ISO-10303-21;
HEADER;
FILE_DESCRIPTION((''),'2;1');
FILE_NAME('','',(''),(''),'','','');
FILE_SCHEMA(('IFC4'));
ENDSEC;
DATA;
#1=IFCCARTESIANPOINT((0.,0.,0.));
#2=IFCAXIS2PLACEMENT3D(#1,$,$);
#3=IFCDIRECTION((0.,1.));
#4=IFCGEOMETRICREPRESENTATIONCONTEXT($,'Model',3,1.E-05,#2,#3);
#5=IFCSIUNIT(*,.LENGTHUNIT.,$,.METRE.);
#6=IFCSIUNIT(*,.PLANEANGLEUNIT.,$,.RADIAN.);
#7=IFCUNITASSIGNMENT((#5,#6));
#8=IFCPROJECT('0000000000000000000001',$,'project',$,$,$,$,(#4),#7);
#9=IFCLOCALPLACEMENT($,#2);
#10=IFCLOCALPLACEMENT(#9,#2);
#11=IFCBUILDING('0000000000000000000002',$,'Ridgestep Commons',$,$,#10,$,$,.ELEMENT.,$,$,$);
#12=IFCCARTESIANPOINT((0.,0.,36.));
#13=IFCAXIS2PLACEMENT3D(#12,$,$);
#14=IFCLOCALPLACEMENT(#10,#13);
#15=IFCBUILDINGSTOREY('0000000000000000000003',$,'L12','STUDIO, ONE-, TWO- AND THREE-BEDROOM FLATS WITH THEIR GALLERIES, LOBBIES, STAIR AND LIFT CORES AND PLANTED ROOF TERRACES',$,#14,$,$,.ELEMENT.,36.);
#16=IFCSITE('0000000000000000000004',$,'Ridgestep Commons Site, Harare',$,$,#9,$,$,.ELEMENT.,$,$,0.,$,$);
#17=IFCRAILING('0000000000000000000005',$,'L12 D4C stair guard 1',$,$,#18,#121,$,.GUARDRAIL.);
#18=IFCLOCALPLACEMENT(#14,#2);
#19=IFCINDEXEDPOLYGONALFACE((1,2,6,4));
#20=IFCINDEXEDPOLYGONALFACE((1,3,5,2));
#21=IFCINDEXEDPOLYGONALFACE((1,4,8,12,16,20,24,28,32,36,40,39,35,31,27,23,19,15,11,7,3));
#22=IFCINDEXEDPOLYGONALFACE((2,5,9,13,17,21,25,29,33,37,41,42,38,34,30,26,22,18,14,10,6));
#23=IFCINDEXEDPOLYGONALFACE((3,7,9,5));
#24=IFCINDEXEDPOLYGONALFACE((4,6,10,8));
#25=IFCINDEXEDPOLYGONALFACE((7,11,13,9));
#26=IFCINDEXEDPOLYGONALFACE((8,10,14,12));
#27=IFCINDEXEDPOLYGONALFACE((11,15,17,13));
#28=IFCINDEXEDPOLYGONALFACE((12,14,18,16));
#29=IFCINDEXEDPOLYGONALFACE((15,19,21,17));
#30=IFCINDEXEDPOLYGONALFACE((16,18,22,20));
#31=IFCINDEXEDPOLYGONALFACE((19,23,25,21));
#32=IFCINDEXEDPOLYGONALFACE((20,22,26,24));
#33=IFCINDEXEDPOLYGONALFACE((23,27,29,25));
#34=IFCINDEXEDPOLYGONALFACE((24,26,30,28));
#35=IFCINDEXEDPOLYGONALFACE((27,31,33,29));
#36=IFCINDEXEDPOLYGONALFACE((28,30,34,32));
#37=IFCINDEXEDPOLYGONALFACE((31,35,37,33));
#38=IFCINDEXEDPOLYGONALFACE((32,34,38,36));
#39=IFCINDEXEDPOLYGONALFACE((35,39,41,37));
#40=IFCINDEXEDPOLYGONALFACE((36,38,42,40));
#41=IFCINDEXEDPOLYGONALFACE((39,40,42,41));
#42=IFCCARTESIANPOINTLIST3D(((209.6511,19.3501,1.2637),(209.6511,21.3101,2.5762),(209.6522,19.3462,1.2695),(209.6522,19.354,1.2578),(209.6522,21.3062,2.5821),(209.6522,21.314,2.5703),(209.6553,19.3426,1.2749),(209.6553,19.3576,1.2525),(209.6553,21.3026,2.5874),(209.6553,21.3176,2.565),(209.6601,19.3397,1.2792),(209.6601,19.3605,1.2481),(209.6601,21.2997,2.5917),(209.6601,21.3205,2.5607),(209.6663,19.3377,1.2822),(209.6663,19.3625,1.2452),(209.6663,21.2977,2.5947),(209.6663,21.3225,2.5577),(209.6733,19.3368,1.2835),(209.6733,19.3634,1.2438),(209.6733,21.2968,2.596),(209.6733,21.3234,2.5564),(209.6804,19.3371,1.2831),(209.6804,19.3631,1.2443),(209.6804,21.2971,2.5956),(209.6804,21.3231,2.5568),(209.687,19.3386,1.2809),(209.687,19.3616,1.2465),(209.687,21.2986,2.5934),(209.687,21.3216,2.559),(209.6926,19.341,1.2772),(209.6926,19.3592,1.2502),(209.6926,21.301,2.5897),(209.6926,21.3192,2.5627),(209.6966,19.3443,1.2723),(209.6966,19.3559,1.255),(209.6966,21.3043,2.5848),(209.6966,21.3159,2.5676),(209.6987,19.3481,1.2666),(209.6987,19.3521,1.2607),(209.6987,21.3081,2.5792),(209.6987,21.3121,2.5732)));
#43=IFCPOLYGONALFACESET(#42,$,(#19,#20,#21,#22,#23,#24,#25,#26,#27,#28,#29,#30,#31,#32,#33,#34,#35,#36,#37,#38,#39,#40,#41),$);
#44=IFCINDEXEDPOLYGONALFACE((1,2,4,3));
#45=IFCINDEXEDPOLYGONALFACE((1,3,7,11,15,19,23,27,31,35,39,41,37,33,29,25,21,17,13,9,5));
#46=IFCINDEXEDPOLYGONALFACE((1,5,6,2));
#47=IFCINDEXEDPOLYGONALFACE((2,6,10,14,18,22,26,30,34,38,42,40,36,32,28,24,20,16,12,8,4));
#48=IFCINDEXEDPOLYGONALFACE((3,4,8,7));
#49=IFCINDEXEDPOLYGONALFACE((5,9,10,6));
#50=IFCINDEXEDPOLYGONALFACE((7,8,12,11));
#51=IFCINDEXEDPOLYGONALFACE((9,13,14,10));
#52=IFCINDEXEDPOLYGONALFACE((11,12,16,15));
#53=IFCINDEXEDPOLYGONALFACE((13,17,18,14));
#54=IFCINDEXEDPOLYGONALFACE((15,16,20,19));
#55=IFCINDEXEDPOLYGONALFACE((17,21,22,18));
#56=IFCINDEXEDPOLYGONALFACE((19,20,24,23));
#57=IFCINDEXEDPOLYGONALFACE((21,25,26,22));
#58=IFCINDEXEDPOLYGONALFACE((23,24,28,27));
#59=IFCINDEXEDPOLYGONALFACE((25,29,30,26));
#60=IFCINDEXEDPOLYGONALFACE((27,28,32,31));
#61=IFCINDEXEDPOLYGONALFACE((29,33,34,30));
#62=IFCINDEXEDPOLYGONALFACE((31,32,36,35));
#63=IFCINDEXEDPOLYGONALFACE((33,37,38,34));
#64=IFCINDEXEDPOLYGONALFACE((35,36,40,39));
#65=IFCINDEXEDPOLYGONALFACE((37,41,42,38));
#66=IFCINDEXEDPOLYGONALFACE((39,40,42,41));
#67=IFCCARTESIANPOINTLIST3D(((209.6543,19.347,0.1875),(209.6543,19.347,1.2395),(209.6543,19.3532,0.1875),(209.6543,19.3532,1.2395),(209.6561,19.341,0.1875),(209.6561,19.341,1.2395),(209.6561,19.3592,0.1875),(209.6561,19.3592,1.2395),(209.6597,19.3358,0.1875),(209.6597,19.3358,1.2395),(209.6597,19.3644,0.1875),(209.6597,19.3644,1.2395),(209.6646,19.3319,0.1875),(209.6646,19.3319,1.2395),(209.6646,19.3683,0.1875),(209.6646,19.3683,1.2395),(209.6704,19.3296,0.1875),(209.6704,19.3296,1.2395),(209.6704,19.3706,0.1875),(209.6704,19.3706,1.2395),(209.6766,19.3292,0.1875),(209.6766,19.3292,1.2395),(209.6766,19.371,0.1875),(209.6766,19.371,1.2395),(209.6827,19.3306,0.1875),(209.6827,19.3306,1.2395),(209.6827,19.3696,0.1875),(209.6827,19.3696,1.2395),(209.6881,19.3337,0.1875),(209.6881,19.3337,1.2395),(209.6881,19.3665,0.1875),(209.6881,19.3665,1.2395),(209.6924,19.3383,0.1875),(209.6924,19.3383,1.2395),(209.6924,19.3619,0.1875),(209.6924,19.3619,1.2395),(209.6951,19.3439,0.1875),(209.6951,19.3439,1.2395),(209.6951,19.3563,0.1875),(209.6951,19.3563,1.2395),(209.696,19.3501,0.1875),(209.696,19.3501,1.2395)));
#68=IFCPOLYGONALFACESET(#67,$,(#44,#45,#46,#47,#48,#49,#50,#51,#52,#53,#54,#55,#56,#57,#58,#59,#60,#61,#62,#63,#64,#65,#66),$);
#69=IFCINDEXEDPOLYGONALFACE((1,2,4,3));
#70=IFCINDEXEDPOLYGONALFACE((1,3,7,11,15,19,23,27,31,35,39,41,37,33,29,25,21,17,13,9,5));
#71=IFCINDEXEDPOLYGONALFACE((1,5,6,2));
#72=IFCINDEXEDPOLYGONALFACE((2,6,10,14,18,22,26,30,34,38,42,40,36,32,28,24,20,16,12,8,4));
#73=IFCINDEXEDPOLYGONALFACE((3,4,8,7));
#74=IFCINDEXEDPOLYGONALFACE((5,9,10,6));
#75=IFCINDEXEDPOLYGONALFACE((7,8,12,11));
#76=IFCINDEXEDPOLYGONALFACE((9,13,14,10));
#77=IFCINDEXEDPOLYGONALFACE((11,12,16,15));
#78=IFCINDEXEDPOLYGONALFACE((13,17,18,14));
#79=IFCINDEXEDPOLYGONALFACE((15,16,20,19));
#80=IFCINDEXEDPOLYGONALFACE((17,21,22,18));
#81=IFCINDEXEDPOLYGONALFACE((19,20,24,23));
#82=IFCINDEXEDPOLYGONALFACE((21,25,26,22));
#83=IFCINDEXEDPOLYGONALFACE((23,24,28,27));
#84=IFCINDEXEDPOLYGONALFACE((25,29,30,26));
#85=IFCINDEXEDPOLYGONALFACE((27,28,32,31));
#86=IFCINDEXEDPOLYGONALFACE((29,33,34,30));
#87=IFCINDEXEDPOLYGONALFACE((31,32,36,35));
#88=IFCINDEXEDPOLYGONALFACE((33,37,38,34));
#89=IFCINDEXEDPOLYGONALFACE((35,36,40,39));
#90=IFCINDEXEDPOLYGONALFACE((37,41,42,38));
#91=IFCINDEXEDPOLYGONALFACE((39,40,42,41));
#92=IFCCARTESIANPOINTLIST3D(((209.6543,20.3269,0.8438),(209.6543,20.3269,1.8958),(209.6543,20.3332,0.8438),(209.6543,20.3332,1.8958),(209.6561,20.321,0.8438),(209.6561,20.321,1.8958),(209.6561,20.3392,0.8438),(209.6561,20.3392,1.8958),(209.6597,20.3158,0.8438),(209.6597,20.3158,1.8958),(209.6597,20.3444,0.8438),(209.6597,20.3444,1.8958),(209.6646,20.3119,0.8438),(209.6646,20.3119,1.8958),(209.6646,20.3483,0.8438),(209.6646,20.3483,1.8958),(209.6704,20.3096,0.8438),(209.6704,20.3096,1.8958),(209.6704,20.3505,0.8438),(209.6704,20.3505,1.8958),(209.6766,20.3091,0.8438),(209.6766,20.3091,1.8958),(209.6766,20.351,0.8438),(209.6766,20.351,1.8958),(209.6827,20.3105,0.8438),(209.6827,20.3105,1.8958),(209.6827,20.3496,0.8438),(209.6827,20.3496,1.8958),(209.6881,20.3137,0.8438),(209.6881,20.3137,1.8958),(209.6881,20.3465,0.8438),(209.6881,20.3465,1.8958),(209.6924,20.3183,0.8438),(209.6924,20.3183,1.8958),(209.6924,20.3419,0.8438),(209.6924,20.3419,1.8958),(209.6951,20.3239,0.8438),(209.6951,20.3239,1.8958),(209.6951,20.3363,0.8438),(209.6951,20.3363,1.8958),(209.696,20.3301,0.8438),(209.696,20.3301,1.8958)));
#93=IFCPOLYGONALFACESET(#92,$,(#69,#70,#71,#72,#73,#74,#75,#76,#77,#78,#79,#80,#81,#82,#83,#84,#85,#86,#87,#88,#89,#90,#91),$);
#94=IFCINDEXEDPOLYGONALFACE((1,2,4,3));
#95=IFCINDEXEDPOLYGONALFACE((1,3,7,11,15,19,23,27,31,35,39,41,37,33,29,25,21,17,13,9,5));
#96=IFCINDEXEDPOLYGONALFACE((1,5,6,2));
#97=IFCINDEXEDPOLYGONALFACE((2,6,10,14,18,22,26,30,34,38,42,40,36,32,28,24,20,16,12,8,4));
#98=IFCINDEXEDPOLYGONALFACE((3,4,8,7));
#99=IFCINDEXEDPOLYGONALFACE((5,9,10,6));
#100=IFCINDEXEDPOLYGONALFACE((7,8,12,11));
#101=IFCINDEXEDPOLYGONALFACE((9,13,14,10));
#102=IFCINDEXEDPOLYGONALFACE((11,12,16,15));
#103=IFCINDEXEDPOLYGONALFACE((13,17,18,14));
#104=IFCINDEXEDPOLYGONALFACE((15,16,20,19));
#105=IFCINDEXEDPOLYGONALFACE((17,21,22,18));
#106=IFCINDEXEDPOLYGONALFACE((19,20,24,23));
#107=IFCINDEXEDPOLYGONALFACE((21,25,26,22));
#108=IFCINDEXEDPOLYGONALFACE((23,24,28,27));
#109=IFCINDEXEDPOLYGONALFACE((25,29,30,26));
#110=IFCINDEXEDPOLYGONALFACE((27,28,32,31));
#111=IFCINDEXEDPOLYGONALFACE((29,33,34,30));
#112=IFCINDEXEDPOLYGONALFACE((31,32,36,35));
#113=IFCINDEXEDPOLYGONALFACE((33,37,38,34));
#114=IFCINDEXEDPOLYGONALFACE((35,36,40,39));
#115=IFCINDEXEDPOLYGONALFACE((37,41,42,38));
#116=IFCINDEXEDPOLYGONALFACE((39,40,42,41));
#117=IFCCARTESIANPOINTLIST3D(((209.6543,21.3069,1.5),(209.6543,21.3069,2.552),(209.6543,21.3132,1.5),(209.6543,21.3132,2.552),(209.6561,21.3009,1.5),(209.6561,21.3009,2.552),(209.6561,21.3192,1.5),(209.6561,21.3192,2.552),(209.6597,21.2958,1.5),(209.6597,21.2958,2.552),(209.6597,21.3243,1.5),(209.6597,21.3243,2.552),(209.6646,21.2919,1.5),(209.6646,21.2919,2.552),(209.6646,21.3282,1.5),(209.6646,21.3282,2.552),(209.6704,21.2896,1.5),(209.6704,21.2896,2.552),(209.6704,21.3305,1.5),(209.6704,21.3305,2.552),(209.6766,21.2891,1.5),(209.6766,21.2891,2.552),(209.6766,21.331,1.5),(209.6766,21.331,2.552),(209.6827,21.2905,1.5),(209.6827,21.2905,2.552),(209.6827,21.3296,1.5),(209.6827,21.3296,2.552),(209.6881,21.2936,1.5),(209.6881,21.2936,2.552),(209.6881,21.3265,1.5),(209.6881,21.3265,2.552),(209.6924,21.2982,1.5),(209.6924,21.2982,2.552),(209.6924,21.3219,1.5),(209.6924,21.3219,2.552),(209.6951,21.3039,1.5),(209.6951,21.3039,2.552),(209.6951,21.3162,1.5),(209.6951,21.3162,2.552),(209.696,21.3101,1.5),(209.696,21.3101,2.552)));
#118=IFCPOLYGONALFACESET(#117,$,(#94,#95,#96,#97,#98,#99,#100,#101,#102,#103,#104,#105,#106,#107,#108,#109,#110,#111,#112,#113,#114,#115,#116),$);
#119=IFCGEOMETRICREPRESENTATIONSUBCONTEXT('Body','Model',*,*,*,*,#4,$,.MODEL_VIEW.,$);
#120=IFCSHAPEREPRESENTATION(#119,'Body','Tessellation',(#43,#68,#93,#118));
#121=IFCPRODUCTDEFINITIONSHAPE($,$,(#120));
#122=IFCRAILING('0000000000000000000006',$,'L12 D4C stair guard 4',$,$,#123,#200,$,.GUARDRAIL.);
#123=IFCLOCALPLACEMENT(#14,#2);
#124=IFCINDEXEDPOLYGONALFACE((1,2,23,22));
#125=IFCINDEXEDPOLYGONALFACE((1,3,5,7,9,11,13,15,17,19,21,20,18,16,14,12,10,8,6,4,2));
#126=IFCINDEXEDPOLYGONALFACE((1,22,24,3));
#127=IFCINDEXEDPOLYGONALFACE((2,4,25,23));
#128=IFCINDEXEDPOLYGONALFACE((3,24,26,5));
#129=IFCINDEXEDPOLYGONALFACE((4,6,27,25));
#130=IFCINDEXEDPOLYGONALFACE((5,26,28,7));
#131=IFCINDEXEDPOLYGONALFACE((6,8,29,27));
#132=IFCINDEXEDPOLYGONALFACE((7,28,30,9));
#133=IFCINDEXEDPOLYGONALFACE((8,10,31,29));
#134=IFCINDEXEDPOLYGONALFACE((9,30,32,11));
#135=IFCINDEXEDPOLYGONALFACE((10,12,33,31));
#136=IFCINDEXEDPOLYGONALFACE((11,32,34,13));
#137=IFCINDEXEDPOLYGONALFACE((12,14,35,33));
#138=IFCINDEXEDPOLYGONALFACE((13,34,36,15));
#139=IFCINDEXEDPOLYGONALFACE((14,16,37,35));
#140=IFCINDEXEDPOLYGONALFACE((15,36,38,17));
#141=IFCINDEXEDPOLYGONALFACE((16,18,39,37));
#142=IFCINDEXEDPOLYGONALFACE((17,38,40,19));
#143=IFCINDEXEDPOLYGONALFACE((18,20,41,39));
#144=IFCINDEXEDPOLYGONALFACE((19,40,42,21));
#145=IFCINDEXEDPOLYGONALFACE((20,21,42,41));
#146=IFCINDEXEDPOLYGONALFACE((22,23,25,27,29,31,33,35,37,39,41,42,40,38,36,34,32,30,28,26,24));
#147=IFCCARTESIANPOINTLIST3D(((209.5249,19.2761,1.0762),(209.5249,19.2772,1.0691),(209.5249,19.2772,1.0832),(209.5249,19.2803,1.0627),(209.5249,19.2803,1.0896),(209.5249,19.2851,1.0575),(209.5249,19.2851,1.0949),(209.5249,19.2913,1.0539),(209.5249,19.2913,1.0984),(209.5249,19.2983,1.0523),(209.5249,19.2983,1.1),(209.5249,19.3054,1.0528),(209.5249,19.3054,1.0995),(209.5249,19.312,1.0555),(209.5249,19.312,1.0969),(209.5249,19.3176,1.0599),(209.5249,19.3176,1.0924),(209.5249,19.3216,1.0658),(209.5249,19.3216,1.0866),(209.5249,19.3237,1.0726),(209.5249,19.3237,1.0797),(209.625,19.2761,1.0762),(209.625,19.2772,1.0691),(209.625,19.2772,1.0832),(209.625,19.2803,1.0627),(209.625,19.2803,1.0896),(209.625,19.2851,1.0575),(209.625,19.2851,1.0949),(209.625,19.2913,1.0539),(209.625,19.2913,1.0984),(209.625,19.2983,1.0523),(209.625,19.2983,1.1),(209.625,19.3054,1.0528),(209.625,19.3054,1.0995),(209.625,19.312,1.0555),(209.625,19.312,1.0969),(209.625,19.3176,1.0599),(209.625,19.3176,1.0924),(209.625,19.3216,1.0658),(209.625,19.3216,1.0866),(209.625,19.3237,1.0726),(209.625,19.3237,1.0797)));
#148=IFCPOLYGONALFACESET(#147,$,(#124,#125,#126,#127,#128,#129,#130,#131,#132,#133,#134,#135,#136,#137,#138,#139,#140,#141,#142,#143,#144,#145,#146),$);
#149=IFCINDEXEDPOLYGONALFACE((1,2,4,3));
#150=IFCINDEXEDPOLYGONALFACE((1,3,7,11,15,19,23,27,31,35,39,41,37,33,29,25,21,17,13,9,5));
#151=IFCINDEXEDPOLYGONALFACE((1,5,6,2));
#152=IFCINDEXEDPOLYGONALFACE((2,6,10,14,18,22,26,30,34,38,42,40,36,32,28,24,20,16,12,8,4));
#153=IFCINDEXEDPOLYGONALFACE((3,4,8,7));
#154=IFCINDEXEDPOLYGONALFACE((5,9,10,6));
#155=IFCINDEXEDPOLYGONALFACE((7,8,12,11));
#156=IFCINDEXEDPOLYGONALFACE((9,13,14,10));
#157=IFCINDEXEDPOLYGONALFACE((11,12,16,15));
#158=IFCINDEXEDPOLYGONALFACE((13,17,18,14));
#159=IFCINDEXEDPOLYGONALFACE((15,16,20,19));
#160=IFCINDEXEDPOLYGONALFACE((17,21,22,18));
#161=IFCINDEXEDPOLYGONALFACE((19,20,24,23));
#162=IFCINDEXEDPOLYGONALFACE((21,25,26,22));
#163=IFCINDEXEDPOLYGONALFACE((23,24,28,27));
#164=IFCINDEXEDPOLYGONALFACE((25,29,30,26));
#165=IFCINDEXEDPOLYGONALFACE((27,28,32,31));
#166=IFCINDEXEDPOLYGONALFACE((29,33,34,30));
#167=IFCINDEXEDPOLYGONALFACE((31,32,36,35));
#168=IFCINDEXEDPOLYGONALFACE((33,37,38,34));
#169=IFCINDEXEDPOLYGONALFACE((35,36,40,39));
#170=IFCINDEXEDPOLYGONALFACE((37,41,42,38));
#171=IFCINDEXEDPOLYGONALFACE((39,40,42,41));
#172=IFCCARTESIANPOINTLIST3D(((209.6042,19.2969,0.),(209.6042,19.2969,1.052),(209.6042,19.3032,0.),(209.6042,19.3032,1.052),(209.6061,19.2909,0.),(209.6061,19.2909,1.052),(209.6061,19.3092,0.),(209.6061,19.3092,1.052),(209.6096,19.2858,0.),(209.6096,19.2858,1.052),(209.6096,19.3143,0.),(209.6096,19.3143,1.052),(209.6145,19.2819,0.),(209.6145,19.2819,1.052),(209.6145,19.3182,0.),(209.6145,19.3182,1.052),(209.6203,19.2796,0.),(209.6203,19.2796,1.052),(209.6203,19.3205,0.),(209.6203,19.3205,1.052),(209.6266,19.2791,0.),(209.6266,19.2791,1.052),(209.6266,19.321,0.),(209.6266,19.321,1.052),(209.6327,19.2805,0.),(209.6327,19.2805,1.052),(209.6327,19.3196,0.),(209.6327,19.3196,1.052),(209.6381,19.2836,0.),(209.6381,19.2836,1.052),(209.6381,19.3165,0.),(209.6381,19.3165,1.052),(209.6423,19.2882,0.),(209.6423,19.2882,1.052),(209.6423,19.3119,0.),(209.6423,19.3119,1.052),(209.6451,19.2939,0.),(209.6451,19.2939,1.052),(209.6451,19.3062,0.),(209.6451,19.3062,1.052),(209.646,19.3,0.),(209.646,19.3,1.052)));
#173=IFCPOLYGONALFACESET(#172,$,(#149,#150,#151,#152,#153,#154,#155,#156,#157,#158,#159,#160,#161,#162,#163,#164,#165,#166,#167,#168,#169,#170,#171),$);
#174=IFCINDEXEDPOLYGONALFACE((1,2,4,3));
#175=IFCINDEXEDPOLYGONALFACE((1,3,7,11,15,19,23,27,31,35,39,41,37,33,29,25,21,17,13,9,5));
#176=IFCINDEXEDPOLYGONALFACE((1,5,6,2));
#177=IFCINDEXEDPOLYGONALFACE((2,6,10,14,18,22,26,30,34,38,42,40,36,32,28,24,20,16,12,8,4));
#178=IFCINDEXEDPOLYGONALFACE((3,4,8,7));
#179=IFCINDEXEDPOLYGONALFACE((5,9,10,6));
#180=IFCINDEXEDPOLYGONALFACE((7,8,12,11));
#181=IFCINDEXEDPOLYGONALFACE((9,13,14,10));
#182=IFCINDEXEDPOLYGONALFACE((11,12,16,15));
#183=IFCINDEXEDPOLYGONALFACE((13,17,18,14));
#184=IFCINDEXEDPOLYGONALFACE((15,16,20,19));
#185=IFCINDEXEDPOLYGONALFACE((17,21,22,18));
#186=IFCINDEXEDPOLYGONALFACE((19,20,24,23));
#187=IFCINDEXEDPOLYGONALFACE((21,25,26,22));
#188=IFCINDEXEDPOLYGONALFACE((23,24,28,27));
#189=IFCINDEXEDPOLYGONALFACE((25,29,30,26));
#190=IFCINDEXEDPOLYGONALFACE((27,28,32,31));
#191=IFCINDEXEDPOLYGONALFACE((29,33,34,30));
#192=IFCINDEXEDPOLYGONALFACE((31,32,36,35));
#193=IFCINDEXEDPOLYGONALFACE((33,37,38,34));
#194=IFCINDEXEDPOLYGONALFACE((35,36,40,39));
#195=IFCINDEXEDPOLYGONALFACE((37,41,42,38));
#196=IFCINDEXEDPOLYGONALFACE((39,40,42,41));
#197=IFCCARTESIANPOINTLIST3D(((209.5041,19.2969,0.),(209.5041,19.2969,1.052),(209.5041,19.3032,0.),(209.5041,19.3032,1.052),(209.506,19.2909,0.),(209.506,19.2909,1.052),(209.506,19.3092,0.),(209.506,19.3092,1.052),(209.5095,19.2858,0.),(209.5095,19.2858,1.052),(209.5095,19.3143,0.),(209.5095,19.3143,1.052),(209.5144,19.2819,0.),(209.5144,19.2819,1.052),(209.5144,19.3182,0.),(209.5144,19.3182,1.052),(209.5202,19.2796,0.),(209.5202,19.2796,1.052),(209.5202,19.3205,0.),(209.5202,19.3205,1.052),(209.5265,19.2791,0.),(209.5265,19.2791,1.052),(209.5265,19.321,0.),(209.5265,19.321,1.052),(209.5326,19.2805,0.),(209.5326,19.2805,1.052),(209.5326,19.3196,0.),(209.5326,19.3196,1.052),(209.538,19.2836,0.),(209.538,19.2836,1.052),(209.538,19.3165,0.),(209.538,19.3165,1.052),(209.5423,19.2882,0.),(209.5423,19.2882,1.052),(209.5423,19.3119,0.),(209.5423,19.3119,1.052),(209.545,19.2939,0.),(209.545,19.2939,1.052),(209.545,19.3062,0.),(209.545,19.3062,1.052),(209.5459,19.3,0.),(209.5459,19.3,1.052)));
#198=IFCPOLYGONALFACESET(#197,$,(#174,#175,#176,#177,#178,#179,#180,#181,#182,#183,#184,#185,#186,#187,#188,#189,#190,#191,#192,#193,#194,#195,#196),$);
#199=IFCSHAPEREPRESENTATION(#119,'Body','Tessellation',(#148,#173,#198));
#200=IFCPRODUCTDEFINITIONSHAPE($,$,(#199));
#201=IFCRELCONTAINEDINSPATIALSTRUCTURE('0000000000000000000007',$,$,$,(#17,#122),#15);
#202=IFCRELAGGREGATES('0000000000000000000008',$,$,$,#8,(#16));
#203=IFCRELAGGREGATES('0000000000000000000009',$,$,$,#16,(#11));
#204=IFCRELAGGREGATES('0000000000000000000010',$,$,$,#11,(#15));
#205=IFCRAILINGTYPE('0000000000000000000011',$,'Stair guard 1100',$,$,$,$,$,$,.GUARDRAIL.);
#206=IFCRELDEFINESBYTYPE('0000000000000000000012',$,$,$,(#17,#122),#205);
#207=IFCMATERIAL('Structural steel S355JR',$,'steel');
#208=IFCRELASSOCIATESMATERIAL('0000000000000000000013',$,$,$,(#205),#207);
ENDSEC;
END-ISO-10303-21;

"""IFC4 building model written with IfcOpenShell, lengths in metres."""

from ifc_helpers import new_model, si_unit, direction, frame, origin, origin_2d, place, context, subcontext, project, spatial, circle, extrude, material, type_object, element, save


model = new_model("IFC4")

# Units and contexts
model_context = context("Model", 3, precision=1e-05, world=origin(), true_north=direction((0.0, 1.0)))
body_context = subcontext(model_context, "Body", "Model", "MODEL_VIEW")
ifc_project = project(units=[si_unit("LENGTHUNIT", "METRE"), si_unit("PLANEANGLEUNIT", "RADIAN")], contexts=[model_context])

# Site, building, storey
site_placement = place(None, origin())
site = spatial("IfcSite", under=ifc_project, at=site_placement, Name="Ridgestep Commons Site, Harare", CompositionType="ELEMENT", RefElevation=0.0)
building_placement = place(site_placement, origin())
building = spatial("IfcBuilding", under=site, at=building_placement, Name="Ridgestep Commons", CompositionType="ELEMENT")
storey_placement = place(building_placement, frame((0.0, 0.0, 36.0)))
storey = spatial("IfcBuildingStorey", under=building, at=storey_placement, Name="L12", Description="STUDIO, ONE-, TWO- AND THREE-BEDROOM FLATS WITH THEIR GALLERIES, LOBBIES, STAIR AND LIFT CORES AND PLANTED ROOF TERRACES", CompositionType="ELEMENT", Elevation=36.0)

# Railings
ifc_material_1 = material(Name="Structural steel S355JR", Category="steel")
railing_type_1 = type_object("IfcRailingType", Name="Stair guard 1100", PredefinedType="GUARDRAIL", material=ifc_material_1)
railing_1_placement = place(storey_placement, frame((209.675, 19.3501, 0.1875)))
element("IfcRailing", 1, at=railing_1_placement, inside=storey, type_object=railing_type_1, Name="L12 D4C stair guard 1", PredefinedType="GUARDRAIL", context=body_context, shape_type="SweptSolid", body=[
    extrude(circle(Radius=0.0239, at=origin_2d()), frame((0.0, 0.0, 1.0762), z_axis=(0.0, 0.830902, 0.556419), x_axis=(-1.0, 0.0, 0.0)), (0.0, 0.0, 1.0), 2.3589),
    extrude(circle(Radius=0.021, at=origin_2d()), origin(), (0.0, 0.0, 1.0), 1.052),
    extrude(circle(Radius=0.021, at=origin_2d()), frame((0.0, 0.98, 0.6562)), (0.0, 0.0, 1.0), 1.052),
    extrude(circle(Radius=0.021, at=origin_2d()), frame((0.0, 1.96, 1.3125)), (0.0, 0.0, 1.0), 1.052),
])
railing_2_placement = place(storey_placement, frame((209.625, 19.3, 0.0)))
element("IfcRailing", 2, at=railing_2_placement, inside=storey, type_object=railing_type_1, Name="L12 D4C stair guard 4", PredefinedType="GUARDRAIL", context=body_context, shape_type="SweptSolid", body=[
    extrude(circle(Radius=0.0239, at=origin_2d()), frame((0.0, 0.0, 1.0762), z_axis=(-1.0, 0.0, 0.0), x_axis=(0.0, -1.0, 0.0)), (0.0, 0.0, 1.0), 0.1001),
    extrude(circle(Radius=0.021, at=origin_2d()), origin(), (0.0, 0.0, 1.0), 1.052),
    extrude(circle(Radius=0.021, at=origin_2d()), frame((-0.1001, 0.0, 0.0)), (0.0, 0.0, 1.0), 1.052),
])

save(model, "model.ifc")
